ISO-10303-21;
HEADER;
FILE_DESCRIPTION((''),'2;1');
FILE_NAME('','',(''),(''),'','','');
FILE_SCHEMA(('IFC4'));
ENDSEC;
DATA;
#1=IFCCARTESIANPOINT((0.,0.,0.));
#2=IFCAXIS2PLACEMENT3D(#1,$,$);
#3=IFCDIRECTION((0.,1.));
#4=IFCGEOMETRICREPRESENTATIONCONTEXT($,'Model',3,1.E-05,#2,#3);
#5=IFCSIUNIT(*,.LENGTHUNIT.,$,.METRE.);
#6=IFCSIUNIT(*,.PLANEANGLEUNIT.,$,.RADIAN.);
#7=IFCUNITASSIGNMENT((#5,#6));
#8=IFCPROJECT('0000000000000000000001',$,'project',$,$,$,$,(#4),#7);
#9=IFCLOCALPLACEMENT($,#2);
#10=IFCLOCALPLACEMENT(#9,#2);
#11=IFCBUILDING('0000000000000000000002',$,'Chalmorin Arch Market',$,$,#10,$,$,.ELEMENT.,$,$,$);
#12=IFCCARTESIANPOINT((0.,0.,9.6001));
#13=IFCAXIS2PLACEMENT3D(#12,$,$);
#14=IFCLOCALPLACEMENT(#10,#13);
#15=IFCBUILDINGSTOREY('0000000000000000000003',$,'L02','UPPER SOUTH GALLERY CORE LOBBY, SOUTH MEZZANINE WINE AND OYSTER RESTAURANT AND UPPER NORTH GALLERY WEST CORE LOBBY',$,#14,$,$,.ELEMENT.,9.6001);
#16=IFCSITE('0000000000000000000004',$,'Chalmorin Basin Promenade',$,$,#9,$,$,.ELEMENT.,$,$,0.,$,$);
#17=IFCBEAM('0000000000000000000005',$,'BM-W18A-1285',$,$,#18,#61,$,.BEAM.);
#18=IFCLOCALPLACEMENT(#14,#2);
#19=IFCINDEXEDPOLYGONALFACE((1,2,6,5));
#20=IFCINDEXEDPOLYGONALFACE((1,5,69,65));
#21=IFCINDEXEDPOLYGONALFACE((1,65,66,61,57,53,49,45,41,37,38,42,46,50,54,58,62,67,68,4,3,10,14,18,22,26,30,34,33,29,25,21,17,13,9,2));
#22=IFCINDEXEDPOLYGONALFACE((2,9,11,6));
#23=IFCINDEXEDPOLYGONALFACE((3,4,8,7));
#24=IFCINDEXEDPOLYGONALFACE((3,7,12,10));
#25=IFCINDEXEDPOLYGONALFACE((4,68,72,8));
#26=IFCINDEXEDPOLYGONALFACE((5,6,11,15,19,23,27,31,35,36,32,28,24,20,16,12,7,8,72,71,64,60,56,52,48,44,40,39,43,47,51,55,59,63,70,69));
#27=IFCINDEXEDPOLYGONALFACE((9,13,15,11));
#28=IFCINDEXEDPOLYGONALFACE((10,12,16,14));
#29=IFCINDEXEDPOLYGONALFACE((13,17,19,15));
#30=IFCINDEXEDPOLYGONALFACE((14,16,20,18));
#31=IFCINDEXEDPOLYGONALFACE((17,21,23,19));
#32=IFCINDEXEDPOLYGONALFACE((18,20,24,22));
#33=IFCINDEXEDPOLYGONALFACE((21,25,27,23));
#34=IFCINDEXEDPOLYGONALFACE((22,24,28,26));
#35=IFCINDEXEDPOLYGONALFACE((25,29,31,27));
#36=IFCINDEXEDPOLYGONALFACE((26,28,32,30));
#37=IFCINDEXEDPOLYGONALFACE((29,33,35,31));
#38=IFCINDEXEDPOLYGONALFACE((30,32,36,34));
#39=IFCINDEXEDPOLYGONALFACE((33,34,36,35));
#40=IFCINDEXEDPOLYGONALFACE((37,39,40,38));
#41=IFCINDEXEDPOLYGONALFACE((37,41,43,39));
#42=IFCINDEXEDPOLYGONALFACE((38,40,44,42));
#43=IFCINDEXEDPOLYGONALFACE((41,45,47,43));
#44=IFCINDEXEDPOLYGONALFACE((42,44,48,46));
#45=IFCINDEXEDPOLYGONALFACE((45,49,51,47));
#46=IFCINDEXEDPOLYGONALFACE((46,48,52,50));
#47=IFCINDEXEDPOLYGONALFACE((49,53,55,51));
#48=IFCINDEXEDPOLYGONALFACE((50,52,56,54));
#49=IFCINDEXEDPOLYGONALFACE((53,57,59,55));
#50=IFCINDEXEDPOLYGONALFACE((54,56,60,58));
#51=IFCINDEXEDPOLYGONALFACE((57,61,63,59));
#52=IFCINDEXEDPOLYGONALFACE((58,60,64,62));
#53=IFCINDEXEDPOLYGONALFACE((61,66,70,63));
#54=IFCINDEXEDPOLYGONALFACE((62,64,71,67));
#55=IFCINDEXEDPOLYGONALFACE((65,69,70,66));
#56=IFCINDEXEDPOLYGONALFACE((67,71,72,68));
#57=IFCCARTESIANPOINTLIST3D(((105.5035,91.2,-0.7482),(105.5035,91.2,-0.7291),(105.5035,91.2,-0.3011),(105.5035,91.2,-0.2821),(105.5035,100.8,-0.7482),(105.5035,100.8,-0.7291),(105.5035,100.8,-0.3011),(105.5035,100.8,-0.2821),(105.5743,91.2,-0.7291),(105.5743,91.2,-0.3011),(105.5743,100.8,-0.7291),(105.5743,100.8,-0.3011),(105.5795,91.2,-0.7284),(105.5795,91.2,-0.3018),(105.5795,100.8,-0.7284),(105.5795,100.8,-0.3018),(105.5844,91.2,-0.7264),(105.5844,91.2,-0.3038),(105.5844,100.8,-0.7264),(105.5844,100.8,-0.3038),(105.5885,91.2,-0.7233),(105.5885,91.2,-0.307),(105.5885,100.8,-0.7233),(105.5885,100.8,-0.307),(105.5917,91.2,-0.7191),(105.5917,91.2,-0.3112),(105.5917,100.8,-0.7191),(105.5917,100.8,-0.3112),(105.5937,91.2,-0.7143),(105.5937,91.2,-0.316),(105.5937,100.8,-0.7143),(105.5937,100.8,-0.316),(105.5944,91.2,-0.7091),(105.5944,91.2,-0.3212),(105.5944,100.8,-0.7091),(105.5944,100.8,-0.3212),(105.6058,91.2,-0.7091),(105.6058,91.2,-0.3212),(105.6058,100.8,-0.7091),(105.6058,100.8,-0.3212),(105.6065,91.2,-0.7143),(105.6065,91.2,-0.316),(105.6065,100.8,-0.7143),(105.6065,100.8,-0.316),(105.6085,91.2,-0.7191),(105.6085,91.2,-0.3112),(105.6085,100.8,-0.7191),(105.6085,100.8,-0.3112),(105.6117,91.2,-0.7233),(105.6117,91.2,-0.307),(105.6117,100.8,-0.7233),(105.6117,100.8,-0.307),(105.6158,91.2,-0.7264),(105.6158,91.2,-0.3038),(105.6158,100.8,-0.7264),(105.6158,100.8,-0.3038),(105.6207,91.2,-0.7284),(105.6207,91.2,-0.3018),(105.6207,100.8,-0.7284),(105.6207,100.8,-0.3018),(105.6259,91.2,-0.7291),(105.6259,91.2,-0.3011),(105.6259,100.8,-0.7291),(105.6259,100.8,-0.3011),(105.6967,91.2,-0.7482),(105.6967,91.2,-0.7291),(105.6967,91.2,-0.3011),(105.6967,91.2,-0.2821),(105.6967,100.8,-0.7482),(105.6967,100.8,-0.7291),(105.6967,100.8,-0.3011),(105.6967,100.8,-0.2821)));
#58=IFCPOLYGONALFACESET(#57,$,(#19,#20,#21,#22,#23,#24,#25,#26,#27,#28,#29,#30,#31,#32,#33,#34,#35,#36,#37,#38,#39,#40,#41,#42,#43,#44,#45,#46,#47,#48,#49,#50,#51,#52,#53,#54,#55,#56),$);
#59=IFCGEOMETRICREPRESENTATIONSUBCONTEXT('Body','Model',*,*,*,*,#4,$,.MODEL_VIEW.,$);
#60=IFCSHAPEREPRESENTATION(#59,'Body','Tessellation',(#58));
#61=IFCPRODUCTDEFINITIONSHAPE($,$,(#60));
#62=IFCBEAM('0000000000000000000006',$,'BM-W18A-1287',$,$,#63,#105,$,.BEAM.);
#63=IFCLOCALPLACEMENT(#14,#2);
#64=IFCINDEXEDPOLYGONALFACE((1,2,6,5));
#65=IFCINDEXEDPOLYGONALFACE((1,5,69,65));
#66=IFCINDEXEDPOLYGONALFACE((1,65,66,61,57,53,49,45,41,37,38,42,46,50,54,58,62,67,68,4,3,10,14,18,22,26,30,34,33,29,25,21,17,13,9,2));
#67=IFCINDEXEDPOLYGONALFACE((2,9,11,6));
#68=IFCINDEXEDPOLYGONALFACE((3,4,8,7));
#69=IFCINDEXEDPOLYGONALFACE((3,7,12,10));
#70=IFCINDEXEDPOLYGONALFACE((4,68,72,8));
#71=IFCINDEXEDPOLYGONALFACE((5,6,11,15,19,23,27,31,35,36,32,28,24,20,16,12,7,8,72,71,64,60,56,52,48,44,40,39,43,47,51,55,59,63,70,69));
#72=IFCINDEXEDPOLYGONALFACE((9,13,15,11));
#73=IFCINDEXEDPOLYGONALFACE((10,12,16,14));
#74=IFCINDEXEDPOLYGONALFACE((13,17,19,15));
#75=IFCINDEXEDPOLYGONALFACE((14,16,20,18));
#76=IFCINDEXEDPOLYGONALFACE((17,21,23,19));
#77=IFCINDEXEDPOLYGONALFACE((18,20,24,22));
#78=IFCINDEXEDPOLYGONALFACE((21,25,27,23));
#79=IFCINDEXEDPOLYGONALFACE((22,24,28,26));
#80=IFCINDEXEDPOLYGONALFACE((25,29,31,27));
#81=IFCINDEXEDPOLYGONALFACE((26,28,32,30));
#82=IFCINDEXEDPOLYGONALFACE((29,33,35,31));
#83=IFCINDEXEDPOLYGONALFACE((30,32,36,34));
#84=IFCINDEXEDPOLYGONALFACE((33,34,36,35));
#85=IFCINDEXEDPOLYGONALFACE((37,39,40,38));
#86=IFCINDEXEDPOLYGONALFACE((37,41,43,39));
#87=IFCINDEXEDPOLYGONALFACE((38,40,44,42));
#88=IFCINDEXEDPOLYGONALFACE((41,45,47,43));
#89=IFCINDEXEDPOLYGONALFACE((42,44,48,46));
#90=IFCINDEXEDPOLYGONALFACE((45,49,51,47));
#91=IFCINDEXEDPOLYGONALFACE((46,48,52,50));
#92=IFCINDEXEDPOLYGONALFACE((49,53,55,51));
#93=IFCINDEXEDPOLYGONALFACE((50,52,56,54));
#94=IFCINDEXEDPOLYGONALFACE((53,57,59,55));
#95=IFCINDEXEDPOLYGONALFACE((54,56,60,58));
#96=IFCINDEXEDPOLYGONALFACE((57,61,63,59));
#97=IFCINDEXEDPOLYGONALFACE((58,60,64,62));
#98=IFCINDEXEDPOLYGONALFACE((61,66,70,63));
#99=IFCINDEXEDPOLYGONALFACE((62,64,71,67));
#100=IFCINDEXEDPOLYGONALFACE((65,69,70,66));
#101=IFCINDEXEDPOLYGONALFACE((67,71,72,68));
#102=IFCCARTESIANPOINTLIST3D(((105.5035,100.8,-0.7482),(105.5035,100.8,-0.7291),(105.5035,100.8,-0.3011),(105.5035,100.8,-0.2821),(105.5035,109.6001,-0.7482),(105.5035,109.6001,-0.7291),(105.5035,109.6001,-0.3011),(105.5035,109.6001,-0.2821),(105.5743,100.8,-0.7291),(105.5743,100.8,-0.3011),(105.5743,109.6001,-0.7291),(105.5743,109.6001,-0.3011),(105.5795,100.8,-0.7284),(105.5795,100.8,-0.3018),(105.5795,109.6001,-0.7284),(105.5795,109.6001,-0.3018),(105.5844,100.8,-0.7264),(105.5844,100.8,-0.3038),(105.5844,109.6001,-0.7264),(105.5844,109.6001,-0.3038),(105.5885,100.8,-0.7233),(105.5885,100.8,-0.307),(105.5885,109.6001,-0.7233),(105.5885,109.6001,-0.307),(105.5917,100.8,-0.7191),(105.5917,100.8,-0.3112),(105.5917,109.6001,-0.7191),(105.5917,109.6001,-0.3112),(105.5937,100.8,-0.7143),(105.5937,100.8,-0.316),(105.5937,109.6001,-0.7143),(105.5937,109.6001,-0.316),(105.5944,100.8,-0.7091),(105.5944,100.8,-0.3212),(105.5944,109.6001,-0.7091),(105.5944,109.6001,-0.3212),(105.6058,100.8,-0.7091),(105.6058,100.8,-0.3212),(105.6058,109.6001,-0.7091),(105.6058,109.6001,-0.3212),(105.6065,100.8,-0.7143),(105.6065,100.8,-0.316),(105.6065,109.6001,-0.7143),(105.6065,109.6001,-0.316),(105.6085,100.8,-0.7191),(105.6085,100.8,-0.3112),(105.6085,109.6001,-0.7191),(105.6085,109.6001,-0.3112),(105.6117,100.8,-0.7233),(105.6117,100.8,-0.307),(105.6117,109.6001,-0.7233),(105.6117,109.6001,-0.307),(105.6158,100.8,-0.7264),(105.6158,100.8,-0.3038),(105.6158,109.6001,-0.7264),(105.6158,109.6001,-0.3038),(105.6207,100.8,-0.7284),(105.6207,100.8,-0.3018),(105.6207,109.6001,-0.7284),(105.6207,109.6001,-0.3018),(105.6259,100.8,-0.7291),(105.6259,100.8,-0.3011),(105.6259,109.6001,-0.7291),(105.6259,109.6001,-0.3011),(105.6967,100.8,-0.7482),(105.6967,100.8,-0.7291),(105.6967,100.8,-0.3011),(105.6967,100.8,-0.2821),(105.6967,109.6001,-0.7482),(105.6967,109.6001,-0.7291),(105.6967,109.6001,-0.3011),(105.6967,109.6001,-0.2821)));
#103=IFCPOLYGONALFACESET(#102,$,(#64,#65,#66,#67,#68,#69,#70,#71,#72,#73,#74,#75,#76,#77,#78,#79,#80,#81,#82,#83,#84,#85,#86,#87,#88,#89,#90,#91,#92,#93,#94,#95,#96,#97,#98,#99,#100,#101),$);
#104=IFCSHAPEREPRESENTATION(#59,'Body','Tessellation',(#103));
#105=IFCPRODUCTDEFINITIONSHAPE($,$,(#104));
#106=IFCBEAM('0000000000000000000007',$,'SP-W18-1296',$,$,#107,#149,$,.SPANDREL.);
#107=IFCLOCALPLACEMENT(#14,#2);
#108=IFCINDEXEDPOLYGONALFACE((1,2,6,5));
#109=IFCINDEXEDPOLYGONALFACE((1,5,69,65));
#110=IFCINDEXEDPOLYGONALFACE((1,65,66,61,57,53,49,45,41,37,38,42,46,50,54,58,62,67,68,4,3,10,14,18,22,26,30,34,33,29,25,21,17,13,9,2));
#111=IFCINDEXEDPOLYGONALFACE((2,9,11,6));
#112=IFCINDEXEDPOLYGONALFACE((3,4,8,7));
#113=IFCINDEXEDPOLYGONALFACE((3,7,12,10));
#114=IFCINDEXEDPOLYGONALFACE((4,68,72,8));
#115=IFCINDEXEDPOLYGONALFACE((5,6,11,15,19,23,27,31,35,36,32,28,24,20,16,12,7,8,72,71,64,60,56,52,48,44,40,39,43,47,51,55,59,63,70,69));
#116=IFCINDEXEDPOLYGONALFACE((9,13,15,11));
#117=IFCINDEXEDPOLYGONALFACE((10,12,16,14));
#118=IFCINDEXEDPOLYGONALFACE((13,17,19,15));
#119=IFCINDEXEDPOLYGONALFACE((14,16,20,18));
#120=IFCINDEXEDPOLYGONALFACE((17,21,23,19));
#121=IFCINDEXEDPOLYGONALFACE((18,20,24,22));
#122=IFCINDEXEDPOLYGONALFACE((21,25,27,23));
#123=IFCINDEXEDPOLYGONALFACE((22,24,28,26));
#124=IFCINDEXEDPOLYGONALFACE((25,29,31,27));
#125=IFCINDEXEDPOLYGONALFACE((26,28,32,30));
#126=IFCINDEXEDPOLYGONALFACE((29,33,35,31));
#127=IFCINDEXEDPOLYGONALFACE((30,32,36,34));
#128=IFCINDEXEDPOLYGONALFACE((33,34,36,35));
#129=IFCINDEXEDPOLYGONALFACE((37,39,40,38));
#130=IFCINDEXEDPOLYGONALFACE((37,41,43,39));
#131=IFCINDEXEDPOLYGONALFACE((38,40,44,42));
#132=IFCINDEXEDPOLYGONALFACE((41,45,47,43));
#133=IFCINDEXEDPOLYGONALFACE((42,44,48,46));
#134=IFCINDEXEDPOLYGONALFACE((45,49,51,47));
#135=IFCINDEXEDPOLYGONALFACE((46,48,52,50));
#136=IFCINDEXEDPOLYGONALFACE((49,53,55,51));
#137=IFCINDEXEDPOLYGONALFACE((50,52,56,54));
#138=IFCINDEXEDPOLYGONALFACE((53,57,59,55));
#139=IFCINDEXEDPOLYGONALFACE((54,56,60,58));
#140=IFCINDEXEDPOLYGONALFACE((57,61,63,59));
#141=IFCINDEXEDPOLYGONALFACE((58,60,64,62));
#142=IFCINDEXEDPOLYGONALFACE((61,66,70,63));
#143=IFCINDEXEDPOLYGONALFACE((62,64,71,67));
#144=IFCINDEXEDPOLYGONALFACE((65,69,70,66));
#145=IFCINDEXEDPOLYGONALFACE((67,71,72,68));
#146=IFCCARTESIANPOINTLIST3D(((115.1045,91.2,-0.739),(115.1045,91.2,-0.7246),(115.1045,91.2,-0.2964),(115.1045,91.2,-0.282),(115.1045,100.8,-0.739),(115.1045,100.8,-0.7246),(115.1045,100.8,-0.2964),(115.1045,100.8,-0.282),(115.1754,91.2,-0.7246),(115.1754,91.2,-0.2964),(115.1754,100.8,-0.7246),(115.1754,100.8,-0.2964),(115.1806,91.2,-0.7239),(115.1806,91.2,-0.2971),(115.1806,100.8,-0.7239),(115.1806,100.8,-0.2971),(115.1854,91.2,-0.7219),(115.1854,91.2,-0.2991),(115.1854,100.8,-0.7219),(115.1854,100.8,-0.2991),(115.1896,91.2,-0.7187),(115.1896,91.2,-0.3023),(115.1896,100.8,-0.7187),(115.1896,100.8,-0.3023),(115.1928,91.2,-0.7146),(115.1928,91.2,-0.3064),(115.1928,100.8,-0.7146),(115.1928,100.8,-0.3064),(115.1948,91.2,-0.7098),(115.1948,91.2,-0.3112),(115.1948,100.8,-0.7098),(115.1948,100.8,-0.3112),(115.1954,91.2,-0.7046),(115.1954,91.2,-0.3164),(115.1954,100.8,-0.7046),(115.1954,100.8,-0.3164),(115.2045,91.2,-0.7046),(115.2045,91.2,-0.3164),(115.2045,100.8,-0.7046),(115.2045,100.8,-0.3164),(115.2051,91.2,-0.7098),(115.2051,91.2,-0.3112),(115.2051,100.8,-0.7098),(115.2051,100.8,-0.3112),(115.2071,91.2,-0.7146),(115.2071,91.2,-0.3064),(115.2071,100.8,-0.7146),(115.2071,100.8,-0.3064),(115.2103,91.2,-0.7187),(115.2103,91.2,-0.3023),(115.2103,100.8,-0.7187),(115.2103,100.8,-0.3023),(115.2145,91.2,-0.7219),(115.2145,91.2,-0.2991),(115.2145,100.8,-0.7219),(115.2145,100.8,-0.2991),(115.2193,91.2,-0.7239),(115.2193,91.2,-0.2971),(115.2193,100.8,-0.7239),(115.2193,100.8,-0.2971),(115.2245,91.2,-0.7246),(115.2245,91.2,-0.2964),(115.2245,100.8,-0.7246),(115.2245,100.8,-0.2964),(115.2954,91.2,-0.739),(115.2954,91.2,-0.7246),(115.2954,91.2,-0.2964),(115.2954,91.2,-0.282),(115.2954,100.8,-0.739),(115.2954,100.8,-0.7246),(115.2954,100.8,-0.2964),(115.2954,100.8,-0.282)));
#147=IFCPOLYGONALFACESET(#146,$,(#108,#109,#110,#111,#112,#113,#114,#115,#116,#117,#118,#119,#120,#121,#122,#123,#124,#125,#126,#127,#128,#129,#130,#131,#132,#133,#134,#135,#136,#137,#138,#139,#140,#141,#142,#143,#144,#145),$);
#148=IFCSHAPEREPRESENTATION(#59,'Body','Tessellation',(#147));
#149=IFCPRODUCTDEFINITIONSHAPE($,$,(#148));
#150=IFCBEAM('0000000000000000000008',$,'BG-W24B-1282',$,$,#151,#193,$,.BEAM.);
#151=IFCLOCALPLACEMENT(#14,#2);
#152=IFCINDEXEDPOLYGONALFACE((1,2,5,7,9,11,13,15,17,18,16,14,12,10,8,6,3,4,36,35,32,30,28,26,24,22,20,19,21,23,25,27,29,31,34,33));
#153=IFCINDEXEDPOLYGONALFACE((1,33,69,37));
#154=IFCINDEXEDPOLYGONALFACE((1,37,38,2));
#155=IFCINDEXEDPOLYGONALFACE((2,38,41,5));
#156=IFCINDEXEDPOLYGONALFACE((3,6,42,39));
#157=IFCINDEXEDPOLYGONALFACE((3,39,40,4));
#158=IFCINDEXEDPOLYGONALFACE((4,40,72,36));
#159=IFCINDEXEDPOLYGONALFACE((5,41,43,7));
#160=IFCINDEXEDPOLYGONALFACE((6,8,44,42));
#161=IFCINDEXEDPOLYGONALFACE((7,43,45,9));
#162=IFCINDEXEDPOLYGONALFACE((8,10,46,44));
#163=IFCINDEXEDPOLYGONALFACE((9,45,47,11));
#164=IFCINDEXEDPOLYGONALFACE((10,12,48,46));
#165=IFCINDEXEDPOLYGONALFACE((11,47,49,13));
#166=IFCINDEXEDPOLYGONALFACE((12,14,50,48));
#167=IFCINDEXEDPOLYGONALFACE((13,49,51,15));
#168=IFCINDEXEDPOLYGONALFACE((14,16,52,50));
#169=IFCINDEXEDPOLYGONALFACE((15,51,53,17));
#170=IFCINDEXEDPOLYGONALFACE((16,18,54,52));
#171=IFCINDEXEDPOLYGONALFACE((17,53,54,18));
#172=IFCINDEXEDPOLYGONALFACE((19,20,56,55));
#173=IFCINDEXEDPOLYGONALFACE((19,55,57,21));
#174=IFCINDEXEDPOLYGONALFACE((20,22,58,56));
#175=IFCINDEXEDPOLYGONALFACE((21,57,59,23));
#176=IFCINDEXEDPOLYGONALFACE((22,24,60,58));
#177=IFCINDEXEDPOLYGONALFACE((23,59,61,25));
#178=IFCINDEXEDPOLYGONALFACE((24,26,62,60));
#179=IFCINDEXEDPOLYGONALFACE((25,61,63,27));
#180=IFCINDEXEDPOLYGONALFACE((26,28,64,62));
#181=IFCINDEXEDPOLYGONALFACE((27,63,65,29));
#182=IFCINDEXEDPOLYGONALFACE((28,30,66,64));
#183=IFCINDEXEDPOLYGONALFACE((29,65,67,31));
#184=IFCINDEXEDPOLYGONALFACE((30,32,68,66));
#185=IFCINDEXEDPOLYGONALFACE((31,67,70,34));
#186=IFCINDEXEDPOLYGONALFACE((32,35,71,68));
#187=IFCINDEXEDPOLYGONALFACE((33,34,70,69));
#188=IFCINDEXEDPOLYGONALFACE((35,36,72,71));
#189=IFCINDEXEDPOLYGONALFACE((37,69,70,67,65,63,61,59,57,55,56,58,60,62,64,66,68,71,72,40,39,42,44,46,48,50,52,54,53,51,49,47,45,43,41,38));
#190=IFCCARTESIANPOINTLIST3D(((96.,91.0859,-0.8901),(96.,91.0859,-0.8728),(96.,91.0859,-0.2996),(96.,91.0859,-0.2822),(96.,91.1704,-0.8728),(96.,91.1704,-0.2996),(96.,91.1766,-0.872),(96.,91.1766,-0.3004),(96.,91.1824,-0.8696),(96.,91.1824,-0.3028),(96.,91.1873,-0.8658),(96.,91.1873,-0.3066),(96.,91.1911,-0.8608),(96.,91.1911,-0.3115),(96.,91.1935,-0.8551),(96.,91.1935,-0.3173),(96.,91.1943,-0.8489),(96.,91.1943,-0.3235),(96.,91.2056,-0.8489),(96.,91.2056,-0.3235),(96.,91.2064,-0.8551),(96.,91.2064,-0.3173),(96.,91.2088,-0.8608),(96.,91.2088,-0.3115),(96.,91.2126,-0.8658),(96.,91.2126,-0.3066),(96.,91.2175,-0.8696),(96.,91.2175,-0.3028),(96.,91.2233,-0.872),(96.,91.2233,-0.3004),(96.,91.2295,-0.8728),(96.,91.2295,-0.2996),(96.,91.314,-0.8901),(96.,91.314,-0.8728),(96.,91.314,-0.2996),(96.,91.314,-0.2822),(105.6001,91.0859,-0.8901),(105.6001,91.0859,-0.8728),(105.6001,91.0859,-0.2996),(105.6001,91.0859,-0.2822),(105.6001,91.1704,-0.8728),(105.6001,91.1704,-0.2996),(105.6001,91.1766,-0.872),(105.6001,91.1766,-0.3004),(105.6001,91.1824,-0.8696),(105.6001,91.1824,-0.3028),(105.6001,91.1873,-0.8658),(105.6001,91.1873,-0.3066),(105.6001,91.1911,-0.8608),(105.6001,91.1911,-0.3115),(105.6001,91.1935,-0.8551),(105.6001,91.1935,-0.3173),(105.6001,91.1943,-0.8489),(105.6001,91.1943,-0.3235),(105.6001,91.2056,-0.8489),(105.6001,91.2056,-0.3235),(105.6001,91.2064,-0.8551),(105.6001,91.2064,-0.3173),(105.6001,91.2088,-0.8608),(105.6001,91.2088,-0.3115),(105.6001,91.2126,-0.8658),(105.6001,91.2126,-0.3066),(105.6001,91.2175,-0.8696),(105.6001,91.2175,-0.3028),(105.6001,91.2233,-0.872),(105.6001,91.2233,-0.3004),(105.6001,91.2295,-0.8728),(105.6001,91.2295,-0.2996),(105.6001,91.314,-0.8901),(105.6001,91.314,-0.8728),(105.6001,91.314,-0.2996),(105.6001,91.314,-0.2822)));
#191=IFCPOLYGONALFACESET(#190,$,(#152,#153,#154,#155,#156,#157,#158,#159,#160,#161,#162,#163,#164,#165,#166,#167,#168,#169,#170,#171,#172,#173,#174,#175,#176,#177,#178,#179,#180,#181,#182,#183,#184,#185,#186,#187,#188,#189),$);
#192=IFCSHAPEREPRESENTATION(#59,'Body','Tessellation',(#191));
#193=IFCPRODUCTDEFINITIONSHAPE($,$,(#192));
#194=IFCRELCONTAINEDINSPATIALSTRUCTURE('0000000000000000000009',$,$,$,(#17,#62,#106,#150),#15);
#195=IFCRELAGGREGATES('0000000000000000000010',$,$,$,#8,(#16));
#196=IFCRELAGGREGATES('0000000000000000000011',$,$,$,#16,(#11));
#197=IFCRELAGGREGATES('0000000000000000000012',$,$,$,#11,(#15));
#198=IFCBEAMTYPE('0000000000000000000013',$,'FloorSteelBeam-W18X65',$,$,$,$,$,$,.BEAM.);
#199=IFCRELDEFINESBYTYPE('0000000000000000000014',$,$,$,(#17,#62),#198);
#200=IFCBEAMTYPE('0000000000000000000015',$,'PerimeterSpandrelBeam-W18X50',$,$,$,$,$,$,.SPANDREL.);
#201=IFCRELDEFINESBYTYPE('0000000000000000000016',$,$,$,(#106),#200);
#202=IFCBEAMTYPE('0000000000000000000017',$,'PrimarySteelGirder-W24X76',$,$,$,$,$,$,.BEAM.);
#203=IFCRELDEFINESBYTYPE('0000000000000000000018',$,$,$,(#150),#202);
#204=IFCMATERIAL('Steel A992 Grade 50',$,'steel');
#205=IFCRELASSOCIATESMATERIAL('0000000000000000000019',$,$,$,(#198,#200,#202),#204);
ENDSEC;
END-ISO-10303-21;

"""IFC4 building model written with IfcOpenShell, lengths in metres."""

from ifc_helpers import new_model, si_unit, direction, frame, origin, origin_2d, place, context, subcontext, project, spatial, i_section, extrude, material, material_profile, profile_set, type_object, element, save


model = new_model("IFC4")

# Units and contexts
model_context = context("Model", 3, precision=1e-05, world=origin(), true_north=direction((0.0, 1.0)))
body_context = subcontext(model_context, "Body", "Model", "MODEL_VIEW")
ifc_project = project(units=[si_unit("LENGTHUNIT", "METRE"), si_unit("PLANEANGLEUNIT", "RADIAN")], contexts=[model_context])

# Site, building, storey
site_placement = place(None, origin())
site = spatial("IfcSite", under=ifc_project, at=site_placement, Name="Chalmorin Basin Promenade", CompositionType="ELEMENT", RefElevation=0.0)
building_placement = place(site_placement, origin())
building = spatial("IfcBuilding", under=site, at=building_placement, Name="Chalmorin Arch Market", CompositionType="ELEMENT")
storey_placement = place(building_placement, frame((0.0, 0.0, 9.6001)))
storey = spatial("IfcBuildingStorey", under=building, at=storey_placement, Name="L02", Description="UPPER SOUTH GALLERY CORE LOBBY, SOUTH MEZZANINE WINE AND OYSTER RESTAURANT AND UPPER NORTH GALLERY WEST CORE LOBBY", CompositionType="ELEMENT", Elevation=9.6001)

# Beams
ifc_material_1 = material(Name="Steel A992 Grade 50", Category="steel")
ifc_material_profile_1 = material_profile(ifc_material_1, i_section(OverallWidth=0.1931, OverallDepth=0.4661, WebThickness=0.0115, FlangeThickness=0.019, FilletRadius=0.02, at=origin_2d()), Name="W18X65")
ifc_profile_set_1 = profile_set([ifc_material_profile_1], Name="Steel A992 Grade 50")
beam_type_1 = type_object("IfcBeamType", Name="FloorSteelBeam-W18X65", PredefinedType="BEAM", material=ifc_profile_set_1)
beam_1_placement = place(storey_placement, frame((105.6001, 91.2, -0.5151), z_axis=(0.0, 1.0, 0.0), x_axis=(-1.0, 0.0, 0.0)))
element("IfcBeam", 1, at=beam_1_placement, inside=storey, type_object=beam_type_1, Name="BM-W18A-1285", PredefinedType="BEAM", context=body_context, shape_type="SweptSolid", body=[
    extrude(i_section(OverallWidth=0.1931, OverallDepth=0.4661, WebThickness=0.0115, FlangeThickness=0.019, FilletRadius=0.02, at=origin_2d()), origin(), (0.0, 0.0, 1.0), 9.6001),
])
beam_2_placement = place(storey_placement, frame((105.6001, 100.8, -0.5151), z_axis=(0.0, 1.0, 0.0), x_axis=(-1.0, 0.0, 0.0)))
element("IfcBeam", 2, at=beam_2_placement, inside=storey, type_object=beam_type_1, Name="BM-W18A-1287", PredefinedType="BEAM", context=body_context, shape_type="SweptSolid", body=[
    extrude(i_section(OverallWidth=0.1931, OverallDepth=0.4661, WebThickness=0.0115, FlangeThickness=0.019, FilletRadius=0.02, at=origin_2d()), origin(), (0.0, 0.0, 1.0), 8.8),
])
ifc_material_profile_2 = material_profile(ifc_material_1, i_section(OverallWidth=0.1909, OverallDepth=0.457, WebThickness=0.009, FlangeThickness=0.0144, FilletRadius=0.02, at=origin_2d()), Name="W18X50")
ifc_profile_set_2 = profile_set([ifc_material_profile_2], Name="Steel A992 Grade 50")
beam_type_2 = type_object("IfcBeamType", Name="PerimeterSpandrelBeam-W18X50", PredefinedType="SPANDREL", material=ifc_profile_set_2)
beam_3_placement = place(storey_placement, frame((115.2, 91.2, -0.5105), z_axis=(0.0, 1.0, 0.0), x_axis=(-1.0, 0.0, 0.0)))
element("IfcBeam", 3, at=beam_3_placement, inside=storey, type_object=beam_type_2, Name="SP-W18-1296", PredefinedType="SPANDREL", context=body_context, shape_type="SweptSolid", body=[
    extrude(i_section(OverallWidth=0.1909, OverallDepth=0.457, WebThickness=0.009, FlangeThickness=0.0144, FilletRadius=0.02, at=origin_2d()), origin(), (0.0, 0.0, 1.0), 9.6001),
])
ifc_material_profile_3 = material_profile(ifc_material_1, i_section(OverallWidth=0.228, OverallDepth=0.6079, WebThickness=0.0112, FlangeThickness=0.0173, FilletRadius=0.0239, at=origin_2d()), Name="W24X76")
ifc_profile_set_3 = profile_set([ifc_material_profile_3], Name="Steel A992 Grade 50")
beam_type_3 = type_object("IfcBeamType", Name="PrimarySteelGirder-W24X76", PredefinedType="BEAM", material=ifc_profile_set_3)
for number, where, z_axis, x_axis, name in (
    (4, (96.0, 91.2, -0.5862), (1.0, 0.0, 0.0), (0.0, 1.0, 0.0), "BG-W24B-1282"),
):
    element("IfcBeam", number, at=place(storey_placement, frame(where, z_axis=z_axis, x_axis=x_axis)), inside=storey, type_object=beam_type_3, Name=name, PredefinedType="BEAM", context=body_context, shape_type="SweptSolid", body=[
        extrude(i_section(OverallWidth=0.228, OverallDepth=0.6079, WebThickness=0.0112, FlangeThickness=0.0173, FilletRadius=0.0239, at=origin_2d()), origin(), (0.0, 0.0, 1.0), 9.6001),
    ])

save(model, "model.ifc")
